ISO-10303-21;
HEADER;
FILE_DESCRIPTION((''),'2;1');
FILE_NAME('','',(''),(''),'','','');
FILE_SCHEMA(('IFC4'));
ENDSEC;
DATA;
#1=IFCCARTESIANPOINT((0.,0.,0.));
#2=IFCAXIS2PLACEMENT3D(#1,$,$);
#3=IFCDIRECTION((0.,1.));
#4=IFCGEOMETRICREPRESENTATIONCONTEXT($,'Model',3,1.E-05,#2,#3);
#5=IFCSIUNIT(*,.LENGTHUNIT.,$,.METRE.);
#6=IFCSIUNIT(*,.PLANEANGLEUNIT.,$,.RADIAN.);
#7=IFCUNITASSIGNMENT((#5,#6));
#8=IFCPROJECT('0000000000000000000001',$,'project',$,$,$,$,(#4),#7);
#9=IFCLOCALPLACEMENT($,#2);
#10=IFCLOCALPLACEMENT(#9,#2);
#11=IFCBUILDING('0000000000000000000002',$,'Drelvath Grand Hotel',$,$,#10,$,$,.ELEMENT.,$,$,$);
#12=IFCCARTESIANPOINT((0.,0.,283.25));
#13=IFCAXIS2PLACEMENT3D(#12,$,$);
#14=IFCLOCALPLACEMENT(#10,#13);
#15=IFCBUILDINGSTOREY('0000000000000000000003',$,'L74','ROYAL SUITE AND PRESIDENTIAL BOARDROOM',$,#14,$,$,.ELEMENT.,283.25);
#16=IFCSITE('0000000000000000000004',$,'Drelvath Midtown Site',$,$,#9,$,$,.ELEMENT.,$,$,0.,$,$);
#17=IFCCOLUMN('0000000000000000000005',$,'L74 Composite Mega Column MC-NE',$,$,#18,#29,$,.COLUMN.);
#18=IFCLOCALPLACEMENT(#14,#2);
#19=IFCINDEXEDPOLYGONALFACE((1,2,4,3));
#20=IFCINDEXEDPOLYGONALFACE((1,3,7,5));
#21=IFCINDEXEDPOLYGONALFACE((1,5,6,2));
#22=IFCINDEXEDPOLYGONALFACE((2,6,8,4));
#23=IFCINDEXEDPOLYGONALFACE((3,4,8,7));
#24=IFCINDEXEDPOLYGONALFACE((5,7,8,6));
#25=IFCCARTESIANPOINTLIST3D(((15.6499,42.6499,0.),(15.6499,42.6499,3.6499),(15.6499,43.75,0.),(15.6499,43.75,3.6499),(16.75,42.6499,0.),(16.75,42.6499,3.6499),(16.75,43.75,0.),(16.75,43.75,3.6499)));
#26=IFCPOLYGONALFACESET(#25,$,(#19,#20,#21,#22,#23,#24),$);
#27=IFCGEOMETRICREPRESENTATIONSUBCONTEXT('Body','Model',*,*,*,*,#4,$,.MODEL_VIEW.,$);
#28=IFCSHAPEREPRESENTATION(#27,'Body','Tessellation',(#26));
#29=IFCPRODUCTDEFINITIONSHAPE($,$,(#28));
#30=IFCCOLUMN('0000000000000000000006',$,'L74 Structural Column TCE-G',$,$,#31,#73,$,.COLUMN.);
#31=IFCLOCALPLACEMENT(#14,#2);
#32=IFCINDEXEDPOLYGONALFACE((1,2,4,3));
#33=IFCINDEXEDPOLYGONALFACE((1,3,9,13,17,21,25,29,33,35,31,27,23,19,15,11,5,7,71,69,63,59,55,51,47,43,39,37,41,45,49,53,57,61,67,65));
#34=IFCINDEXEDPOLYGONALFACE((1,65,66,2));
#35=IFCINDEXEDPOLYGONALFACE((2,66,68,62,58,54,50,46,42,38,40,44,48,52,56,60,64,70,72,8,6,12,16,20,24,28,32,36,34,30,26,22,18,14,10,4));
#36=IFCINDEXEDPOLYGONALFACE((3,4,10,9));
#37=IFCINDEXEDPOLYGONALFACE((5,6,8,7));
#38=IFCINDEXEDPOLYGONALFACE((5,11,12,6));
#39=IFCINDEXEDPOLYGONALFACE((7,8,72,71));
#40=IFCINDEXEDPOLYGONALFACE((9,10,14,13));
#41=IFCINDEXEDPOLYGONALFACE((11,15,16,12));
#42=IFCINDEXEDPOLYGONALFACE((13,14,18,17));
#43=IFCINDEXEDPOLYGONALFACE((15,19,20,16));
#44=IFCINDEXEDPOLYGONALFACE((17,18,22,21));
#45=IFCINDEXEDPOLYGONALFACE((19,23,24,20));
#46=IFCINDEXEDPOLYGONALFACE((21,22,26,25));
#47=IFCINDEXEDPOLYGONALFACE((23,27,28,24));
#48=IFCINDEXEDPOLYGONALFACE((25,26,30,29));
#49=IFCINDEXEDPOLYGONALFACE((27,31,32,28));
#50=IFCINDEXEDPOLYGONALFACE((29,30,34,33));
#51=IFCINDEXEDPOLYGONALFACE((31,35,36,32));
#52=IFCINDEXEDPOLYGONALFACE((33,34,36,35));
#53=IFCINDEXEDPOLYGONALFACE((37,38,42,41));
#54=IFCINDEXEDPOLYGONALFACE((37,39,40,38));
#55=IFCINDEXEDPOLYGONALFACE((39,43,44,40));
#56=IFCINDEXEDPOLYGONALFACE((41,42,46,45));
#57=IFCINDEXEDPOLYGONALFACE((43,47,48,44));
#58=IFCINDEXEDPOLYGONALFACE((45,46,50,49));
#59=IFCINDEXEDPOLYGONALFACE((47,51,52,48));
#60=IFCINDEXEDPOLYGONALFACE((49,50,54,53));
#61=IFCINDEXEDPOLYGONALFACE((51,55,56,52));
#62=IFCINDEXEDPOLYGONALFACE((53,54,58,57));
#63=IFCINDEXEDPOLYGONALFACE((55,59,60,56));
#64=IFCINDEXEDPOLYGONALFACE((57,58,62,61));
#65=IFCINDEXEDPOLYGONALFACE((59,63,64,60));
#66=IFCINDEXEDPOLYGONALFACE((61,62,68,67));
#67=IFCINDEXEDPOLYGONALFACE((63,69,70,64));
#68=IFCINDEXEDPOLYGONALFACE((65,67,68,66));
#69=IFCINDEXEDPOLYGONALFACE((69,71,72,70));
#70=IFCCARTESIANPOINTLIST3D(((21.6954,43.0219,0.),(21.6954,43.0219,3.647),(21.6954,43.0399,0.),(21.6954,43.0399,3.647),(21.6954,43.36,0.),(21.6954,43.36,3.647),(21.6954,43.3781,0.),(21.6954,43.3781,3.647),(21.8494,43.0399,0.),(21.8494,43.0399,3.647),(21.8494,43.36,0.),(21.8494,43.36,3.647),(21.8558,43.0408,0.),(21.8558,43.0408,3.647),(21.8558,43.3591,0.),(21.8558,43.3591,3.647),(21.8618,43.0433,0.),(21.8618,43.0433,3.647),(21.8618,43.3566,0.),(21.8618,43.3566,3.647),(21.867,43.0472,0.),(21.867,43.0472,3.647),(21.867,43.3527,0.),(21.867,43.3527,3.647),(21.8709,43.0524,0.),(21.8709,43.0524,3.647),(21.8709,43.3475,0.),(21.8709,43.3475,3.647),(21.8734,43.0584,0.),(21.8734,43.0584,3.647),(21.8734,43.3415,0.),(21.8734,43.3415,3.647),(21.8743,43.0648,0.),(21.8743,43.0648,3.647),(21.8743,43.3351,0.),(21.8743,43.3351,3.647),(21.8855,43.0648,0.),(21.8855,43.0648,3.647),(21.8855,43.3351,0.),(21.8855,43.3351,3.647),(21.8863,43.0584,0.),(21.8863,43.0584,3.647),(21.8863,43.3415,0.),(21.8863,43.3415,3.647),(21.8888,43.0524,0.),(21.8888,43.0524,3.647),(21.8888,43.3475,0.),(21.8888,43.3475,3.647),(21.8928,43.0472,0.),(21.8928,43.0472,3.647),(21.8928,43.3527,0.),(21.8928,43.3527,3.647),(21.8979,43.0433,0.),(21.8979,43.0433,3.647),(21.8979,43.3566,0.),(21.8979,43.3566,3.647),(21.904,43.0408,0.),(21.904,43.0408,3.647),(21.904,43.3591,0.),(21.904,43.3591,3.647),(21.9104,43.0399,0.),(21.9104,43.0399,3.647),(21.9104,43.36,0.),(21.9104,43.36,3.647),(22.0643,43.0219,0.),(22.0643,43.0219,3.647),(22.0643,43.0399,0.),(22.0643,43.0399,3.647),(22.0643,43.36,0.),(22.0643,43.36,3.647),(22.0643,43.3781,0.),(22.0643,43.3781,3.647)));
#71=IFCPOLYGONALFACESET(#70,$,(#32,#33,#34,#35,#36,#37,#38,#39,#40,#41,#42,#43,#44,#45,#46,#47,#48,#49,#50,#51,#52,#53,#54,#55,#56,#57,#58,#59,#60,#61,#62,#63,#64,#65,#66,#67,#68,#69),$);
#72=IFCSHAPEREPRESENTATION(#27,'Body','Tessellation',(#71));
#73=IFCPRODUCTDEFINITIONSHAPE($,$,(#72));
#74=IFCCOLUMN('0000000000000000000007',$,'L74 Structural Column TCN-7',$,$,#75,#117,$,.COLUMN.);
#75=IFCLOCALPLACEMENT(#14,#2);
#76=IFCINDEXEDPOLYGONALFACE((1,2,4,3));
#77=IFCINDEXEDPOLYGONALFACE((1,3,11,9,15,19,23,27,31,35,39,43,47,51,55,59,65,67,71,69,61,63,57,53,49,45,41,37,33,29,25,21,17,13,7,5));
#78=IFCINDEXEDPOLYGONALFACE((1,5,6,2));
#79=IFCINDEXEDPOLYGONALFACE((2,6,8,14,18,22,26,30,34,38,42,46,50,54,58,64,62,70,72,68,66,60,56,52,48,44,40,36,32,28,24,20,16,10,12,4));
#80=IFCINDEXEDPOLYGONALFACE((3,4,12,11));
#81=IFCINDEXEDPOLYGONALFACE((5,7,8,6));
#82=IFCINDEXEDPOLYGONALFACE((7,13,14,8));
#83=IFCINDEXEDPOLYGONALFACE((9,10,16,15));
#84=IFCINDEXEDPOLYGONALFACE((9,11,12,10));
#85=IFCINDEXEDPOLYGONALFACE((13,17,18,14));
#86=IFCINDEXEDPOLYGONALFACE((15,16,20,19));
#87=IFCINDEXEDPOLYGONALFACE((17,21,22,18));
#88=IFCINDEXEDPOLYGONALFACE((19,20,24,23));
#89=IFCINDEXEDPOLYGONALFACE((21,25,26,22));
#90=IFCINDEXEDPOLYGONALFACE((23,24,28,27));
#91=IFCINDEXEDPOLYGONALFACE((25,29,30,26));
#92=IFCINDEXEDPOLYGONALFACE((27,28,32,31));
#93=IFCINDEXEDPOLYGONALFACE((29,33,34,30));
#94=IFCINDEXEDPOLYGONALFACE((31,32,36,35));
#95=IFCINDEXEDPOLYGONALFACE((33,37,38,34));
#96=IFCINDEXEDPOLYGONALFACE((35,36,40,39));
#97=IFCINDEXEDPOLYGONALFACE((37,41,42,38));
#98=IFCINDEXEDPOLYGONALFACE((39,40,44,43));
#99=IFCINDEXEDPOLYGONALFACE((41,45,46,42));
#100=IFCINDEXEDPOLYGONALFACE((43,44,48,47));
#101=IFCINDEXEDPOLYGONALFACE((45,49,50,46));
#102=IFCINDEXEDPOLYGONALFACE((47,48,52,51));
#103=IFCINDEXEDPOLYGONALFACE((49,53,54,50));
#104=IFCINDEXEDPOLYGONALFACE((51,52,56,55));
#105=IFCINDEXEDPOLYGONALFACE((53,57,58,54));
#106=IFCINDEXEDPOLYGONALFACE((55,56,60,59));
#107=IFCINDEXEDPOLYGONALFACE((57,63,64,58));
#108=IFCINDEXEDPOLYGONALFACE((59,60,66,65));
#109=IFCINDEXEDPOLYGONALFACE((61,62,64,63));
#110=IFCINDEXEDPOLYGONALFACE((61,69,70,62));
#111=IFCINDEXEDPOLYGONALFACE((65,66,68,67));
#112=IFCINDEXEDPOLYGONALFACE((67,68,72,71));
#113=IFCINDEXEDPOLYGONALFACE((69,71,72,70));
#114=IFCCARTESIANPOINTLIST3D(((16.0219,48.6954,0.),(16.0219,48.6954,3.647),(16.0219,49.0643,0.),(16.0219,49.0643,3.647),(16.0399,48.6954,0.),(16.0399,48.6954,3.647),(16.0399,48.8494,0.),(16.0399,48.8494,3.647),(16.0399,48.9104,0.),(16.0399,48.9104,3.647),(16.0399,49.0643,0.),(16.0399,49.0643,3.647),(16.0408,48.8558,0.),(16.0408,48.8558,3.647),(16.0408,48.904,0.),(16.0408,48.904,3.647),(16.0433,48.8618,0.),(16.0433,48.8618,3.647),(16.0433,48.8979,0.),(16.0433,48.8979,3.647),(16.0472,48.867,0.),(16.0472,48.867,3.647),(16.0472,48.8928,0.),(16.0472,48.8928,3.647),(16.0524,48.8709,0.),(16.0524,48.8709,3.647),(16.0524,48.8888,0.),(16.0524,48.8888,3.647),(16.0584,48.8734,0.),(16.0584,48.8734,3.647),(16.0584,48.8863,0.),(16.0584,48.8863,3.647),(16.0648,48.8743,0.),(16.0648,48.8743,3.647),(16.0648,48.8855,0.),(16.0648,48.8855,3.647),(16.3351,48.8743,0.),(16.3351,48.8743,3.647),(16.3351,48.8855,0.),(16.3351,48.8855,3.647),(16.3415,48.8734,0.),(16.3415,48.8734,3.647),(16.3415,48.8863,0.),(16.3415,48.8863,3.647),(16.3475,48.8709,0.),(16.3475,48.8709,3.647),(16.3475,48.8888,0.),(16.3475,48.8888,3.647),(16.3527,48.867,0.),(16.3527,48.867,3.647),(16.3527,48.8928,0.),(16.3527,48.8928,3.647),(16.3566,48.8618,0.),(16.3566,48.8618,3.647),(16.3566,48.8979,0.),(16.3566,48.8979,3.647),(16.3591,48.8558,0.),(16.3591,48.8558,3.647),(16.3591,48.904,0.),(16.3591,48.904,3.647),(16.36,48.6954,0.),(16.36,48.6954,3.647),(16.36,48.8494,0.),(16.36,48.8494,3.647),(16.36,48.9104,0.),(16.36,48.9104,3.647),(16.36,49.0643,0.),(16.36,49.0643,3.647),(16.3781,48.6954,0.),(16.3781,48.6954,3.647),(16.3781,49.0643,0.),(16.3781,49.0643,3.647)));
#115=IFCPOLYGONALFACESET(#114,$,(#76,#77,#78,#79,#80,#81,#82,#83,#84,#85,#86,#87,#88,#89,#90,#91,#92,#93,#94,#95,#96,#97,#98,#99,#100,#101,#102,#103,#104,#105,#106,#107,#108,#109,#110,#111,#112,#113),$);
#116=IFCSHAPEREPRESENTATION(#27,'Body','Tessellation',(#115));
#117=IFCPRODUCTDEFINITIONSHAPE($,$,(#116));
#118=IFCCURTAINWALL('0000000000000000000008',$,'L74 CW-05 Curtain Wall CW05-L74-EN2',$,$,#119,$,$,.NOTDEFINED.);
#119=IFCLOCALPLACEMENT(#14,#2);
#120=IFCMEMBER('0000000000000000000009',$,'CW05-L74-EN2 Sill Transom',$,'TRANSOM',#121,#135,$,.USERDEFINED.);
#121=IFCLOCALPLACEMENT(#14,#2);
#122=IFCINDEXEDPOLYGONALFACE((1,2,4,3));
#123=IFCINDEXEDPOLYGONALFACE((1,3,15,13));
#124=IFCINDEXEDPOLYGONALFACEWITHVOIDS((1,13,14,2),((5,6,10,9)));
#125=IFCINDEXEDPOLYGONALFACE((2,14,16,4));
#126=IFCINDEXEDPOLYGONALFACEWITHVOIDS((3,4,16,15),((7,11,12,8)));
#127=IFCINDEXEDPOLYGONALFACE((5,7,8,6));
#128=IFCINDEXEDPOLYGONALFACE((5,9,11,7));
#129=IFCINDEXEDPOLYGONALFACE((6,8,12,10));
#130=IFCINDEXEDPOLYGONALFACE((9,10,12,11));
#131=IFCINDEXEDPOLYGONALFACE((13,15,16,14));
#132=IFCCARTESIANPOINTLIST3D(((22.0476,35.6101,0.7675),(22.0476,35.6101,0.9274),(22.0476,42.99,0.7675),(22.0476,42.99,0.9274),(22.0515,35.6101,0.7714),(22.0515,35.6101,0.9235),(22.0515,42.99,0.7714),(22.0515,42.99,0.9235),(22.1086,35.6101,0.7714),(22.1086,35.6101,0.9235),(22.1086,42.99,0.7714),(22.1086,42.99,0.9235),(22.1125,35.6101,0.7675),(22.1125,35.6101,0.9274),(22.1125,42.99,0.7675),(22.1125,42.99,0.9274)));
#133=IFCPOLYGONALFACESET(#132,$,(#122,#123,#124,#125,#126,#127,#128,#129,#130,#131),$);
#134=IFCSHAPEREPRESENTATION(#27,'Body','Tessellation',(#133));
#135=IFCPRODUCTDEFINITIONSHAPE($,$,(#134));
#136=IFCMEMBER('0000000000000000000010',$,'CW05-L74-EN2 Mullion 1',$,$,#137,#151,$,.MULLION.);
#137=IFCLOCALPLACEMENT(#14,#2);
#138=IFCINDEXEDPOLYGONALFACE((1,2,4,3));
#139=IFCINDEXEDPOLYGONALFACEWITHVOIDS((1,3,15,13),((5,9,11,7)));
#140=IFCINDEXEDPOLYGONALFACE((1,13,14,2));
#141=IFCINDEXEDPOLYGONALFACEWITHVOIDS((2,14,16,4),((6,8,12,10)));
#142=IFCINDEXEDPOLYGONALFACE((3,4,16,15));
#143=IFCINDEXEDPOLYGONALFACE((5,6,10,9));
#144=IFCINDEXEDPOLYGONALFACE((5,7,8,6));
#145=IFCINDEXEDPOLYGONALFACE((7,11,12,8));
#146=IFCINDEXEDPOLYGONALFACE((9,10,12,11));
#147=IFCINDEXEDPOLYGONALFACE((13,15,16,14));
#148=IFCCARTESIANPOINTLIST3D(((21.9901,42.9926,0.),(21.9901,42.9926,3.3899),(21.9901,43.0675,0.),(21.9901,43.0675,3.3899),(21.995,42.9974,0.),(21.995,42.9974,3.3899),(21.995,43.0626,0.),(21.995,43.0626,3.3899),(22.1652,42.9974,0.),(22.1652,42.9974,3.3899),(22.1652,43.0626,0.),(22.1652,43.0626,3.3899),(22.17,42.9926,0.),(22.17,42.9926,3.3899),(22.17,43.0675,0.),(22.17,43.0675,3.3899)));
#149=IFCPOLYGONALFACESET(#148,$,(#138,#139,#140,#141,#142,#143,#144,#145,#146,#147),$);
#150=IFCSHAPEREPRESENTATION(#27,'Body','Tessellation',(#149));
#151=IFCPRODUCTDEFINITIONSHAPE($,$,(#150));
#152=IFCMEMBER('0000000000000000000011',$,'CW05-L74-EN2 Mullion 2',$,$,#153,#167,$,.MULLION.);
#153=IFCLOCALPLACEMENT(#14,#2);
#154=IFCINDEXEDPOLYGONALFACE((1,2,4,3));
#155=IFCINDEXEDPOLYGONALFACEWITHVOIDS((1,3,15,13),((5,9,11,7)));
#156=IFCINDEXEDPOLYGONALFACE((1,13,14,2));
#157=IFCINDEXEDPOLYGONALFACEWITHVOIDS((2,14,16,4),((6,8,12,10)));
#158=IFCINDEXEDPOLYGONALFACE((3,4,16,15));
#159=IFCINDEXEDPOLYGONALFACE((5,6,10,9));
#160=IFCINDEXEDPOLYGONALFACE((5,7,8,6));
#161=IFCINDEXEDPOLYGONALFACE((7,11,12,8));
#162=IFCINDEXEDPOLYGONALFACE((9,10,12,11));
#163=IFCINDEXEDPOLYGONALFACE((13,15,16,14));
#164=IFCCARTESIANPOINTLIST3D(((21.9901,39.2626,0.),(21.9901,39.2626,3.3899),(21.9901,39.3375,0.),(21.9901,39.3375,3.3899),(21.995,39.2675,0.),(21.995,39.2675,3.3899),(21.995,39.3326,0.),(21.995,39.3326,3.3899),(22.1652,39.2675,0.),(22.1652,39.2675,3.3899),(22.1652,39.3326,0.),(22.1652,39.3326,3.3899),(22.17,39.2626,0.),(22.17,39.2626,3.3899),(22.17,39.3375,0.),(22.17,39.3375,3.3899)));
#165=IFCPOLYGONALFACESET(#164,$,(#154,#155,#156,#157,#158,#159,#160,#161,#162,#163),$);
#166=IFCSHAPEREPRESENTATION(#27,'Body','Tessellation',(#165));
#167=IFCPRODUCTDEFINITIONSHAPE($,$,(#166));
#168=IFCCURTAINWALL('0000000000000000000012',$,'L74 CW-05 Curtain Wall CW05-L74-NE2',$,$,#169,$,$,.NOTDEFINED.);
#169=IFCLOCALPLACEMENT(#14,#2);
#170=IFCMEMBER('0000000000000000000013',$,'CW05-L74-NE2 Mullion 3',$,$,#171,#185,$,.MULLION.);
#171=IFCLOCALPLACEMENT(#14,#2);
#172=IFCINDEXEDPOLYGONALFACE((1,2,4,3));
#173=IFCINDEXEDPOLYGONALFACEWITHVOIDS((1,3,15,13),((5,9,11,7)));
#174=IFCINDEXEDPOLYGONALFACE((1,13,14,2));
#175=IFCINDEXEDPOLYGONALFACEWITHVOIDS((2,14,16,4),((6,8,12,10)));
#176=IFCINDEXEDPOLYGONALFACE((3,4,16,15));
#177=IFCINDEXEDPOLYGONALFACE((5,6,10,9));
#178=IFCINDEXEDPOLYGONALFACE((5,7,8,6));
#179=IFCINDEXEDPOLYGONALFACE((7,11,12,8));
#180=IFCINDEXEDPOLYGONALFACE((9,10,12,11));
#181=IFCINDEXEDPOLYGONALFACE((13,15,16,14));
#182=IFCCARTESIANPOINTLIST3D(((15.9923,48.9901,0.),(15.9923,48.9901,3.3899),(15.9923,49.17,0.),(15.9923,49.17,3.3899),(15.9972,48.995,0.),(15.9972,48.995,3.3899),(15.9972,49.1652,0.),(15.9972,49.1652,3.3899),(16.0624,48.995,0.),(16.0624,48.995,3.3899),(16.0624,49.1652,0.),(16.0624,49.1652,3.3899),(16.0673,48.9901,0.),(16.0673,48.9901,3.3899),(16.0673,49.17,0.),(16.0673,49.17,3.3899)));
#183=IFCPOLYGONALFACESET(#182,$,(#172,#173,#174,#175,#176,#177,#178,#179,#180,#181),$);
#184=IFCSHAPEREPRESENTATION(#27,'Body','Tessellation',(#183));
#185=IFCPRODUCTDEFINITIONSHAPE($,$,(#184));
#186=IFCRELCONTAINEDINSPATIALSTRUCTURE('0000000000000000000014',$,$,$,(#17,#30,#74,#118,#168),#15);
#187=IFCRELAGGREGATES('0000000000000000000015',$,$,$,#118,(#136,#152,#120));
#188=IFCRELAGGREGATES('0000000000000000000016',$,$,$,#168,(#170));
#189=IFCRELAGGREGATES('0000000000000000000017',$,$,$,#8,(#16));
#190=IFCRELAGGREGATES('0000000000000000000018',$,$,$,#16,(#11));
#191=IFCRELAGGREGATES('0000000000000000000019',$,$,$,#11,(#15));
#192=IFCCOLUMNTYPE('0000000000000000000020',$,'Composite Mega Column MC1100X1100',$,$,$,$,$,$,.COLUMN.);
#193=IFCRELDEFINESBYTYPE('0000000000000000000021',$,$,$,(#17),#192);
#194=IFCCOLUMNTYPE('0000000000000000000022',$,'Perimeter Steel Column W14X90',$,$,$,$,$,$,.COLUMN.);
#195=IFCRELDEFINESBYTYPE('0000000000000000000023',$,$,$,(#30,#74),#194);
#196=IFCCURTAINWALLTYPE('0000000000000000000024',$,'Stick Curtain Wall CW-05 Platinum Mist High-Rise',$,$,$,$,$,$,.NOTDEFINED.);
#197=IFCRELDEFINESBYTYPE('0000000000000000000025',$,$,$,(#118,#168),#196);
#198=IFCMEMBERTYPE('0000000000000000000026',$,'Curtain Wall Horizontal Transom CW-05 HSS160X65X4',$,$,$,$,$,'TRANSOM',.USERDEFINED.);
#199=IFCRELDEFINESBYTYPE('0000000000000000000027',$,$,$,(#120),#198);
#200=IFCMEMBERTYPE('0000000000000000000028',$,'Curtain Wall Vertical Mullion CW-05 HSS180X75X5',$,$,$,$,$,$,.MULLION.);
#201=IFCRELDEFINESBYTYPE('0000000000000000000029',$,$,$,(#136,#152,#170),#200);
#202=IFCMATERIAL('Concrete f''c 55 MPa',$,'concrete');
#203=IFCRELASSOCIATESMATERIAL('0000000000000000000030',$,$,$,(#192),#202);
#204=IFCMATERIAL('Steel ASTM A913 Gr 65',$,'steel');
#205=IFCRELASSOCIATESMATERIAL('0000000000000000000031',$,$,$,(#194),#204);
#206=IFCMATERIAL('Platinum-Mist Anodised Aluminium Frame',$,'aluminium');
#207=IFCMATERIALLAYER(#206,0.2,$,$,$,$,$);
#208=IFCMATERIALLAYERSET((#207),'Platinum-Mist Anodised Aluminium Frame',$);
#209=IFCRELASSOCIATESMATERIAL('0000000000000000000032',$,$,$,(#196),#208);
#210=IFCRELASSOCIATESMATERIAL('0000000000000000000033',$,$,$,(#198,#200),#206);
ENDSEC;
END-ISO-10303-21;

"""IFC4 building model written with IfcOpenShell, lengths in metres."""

from ifc_helpers import new_model, si_unit, direction, frame, origin, origin_2d, place, context, subcontext, project, spatial, rectangle, hollow_rectangle, i_section, extrude, material, layer, layer_set, material_profile, profile_set, type_object, element, aggregate, save


model = new_model("IFC4")

# Units and contexts
model_context = context("Model", 3, precision=1e-05, world=origin(), true_north=direction((0.0, 1.0)))
body_context = subcontext(model_context, "Body", "Model", "MODEL_VIEW")
ifc_project = project(units=[si_unit("LENGTHUNIT", "METRE"), si_unit("PLANEANGLEUNIT", "RADIAN")], contexts=[model_context])

# Site, building, storey
site_placement = place(None, origin())
site = spatial("IfcSite", under=ifc_project, at=site_placement, Name="Drelvath Midtown Site", CompositionType="ELEMENT", RefElevation=0.0)
building_placement = place(site_placement, origin())
building = spatial("IfcBuilding", under=site, at=building_placement, Name="Drelvath Grand Hotel", CompositionType="ELEMENT")
storey_placement = place(building_placement, frame((0.0, 0.0, 283.25)))
storey = spatial("IfcBuildingStorey", under=building, at=storey_placement, Name="L74", Description="ROYAL SUITE AND PRESIDENTIAL BOARDROOM", CompositionType="ELEMENT", Elevation=283.25)

# Columns
ifc_material_1 = material(Name="Concrete f'c 55 MPa", Category="concrete")
ifc_material_profile_1 = material_profile(ifc_material_1, rectangle(XDim=1.1001, YDim=1.1001, at=origin_2d()), Name="MC1100X1100")
ifc_profile_set_1 = profile_set([ifc_material_profile_1], Name="Concrete f'c 55 MPa")
column_type_1 = type_object("IfcColumnType", Name="Composite Mega Column MC1100X1100", PredefinedType="COLUMN", material=ifc_profile_set_1)
column_placement = place(storey_placement, frame((16.2, 43.2, 0.0), z_axis=(0.0, 0.0, 1.0), x_axis=(1.0, 0.0, 0.0)))
element("IfcColumn", 1, at=column_placement, inside=storey, type_object=column_type_1, Name="L74 Composite Mega Column MC-NE", PredefinedType="COLUMN", context=body_context, shape_type="SweptSolid", body=[
    extrude(rectangle(XDim=1.1001, YDim=1.1001, at=origin_2d()), origin(), (0.0, 0.0, 1.0), 3.6499),
])
ifc_material_2 = material(Name="Steel ASTM A913 Gr 65", Category="steel")
ifc_material_profile_2 = material_profile(ifc_material_2, i_section(OverallWidth=0.3689, OverallDepth=0.3562, WebThickness=0.0112, FlangeThickness=0.0181, FilletRadius=0.0249, at=origin_2d()), Name="W14X90")
ifc_profile_set_2 = profile_set([ifc_material_profile_2], Name="Steel ASTM A913 Gr 65")
column_type_2 = type_object("IfcColumnType", Name="Perimeter Steel Column W14X90", PredefinedType="COLUMN", material=ifc_profile_set_2)
for number, where, z_axis, x_axis, name in (
    (2, (21.8799, 43.2, 0.0), (0.0, 0.0, 1.0), (1.0, 0.0, 0.0), "L74 Structural Column TCE-G"),
    (3, (16.2, 48.8799, 0.0), (0.0, 0.0, 1.0), (0.0, 1.0, 0.0), "L74 Structural Column TCN-7"),
):
    element("IfcColumn", number, at=place(storey_placement, frame(where, z_axis=z_axis, x_axis=x_axis)), inside=storey, type_object=column_type_2, Name=name, PredefinedType="COLUMN", context=body_context, shape_type="SweptSolid", body=[
        extrude(i_section(OverallWidth=0.3689, OverallDepth=0.3562, WebThickness=0.0112, FlangeThickness=0.0181, FilletRadius=0.0249, at=origin_2d()), origin(), (0.0, 0.0, 1.0), 3.647),
    ])

# Curtain wall, members
ifc_material_3 = material(Name="Platinum-Mist Anodised Aluminium Frame", Category="aluminium")
ifc_layer_1 = layer(ifc_material_3, 0.2)
ifc_layer_set_1 = layer_set([ifc_layer_1], Name="Platinum-Mist Anodised Aluminium Frame")
curtain_wall_type = type_object("IfcCurtainWallType", Name="Stick Curtain Wall CW-05 Platinum Mist High-Rise", PredefinedType="NOTDEFINED", material=ifc_layer_set_1)
curtain_wall_1_placement = place(storey_placement, origin())
curtain_wall_1 = element("IfcCurtainWall", 4, at=curtain_wall_1_placement, inside=storey, type_object=curtain_wall_type, Name="L74 CW-05 Curtain Wall CW05-L74-EN2", PredefinedType="NOTDEFINED")
ifc_material_profile_3 = material_profile(ifc_material_3, hollow_rectangle(XDim=0.0649, YDim=0.1599, WallThickness=0.0039, at=origin_2d()), Name="HSS160X65X4")
ifc_profile_set_3 = profile_set([ifc_material_profile_3], Name="Platinum-Mist Anodised Aluminium Frame")
member_type_1 = type_object("IfcMemberType", Name="Curtain Wall Horizontal Transom CW-05 HSS160X65X4", ElementType="TRANSOM", PredefinedType="USERDEFINED", material=ifc_profile_set_3)
member_1_placement = place(storey_placement, frame((22.0801, 42.99, 0.8474), z_axis=(0.0, -1.0, 0.0), x_axis=(1.0, 0.0, 0.0)))
member_1 = element("IfcMember", 5, at=member_1_placement, type_object=member_type_1, Name="CW05-L74-EN2 Sill Transom", ObjectType="TRANSOM", PredefinedType="USERDEFINED", context=body_context, shape_type="SweptSolid", body=[
    extrude(hollow_rectangle(XDim=0.0649, YDim=0.1599, WallThickness=0.0039, at=origin_2d()), origin(), (0.0, 0.0, 1.0), 7.3799),
])
ifc_material_profile_4 = material_profile(ifc_material_3, hollow_rectangle(XDim=0.075, YDim=0.1799, WallThickness=0.0049, at=origin_2d()), Name="HSS180X75X5")
ifc_profile_set_4 = profile_set([ifc_material_profile_4], Name="Platinum-Mist Anodised Aluminium Frame")
member_type_2 = type_object("IfcMemberType", Name="Curtain Wall Vertical Mullion CW-05 HSS180X75X5", PredefinedType="MULLION", material=ifc_profile_set_4)
member_2_placement = place(storey_placement, frame((22.0801, 43.03, 0.0), z_axis=(0.0, 0.0, 1.0), x_axis=(0.0, 1.0, 0.0)))
member_2 = element("IfcMember", 6, at=member_2_placement, type_object=member_type_2, Name="CW05-L74-EN2 Mullion 1", PredefinedType="MULLION", context=body_context, shape_type="SweptSolid", body=[
    extrude(hollow_rectangle(XDim=0.075, YDim=0.1799, WallThickness=0.0049, at=origin_2d()), origin(), (0.0, 0.0, 1.0), 3.3899),
])
member_3_placement = place(storey_placement, frame((22.0801, 39.3, 0.0), z_axis=(0.0, 0.0, 1.0), x_axis=(0.0, 1.0, 0.0)))
member_3 = element("IfcMember", 7, at=member_3_placement, type_object=member_type_2, Name="CW05-L74-EN2 Mullion 2", PredefinedType="MULLION", context=body_context, shape_type="SweptSolid", body=[
    extrude(hollow_rectangle(XDim=0.075, YDim=0.1799, WallThickness=0.0049, at=origin_2d()), origin(), (0.0, 0.0, 1.0), 3.3899),
])

# Curtain wall, member
curtain_wall_2_placement = place(storey_placement, origin())
curtain_wall_2 = element("IfcCurtainWall", 8, at=curtain_wall_2_placement, inside=storey, type_object=curtain_wall_type, Name="L74 CW-05 Curtain Wall CW05-L74-NE2", PredefinedType="NOTDEFINED")
member_4_placement = place(storey_placement, frame((16.0298, 49.0801, 0.0), z_axis=(0.0, 0.0, 1.0), x_axis=(1.0, 0.0, 0.0)))
member_4 = element("IfcMember", 9, at=member_4_placement, type_object=member_type_2, Name="CW05-L74-NE2 Mullion 3", PredefinedType="MULLION", context=body_context, shape_type="SweptSolid", body=[
    extrude(hollow_rectangle(XDim=0.075, YDim=0.1799, WallThickness=0.0049, at=origin_2d()), origin(), (0.0, 0.0, 1.0), 3.3899),
])

aggregate(curtain_wall_1, [member_2, member_3, member_1])
aggregate(curtain_wall_2, [member_4])

save(model, "model.ifc")
